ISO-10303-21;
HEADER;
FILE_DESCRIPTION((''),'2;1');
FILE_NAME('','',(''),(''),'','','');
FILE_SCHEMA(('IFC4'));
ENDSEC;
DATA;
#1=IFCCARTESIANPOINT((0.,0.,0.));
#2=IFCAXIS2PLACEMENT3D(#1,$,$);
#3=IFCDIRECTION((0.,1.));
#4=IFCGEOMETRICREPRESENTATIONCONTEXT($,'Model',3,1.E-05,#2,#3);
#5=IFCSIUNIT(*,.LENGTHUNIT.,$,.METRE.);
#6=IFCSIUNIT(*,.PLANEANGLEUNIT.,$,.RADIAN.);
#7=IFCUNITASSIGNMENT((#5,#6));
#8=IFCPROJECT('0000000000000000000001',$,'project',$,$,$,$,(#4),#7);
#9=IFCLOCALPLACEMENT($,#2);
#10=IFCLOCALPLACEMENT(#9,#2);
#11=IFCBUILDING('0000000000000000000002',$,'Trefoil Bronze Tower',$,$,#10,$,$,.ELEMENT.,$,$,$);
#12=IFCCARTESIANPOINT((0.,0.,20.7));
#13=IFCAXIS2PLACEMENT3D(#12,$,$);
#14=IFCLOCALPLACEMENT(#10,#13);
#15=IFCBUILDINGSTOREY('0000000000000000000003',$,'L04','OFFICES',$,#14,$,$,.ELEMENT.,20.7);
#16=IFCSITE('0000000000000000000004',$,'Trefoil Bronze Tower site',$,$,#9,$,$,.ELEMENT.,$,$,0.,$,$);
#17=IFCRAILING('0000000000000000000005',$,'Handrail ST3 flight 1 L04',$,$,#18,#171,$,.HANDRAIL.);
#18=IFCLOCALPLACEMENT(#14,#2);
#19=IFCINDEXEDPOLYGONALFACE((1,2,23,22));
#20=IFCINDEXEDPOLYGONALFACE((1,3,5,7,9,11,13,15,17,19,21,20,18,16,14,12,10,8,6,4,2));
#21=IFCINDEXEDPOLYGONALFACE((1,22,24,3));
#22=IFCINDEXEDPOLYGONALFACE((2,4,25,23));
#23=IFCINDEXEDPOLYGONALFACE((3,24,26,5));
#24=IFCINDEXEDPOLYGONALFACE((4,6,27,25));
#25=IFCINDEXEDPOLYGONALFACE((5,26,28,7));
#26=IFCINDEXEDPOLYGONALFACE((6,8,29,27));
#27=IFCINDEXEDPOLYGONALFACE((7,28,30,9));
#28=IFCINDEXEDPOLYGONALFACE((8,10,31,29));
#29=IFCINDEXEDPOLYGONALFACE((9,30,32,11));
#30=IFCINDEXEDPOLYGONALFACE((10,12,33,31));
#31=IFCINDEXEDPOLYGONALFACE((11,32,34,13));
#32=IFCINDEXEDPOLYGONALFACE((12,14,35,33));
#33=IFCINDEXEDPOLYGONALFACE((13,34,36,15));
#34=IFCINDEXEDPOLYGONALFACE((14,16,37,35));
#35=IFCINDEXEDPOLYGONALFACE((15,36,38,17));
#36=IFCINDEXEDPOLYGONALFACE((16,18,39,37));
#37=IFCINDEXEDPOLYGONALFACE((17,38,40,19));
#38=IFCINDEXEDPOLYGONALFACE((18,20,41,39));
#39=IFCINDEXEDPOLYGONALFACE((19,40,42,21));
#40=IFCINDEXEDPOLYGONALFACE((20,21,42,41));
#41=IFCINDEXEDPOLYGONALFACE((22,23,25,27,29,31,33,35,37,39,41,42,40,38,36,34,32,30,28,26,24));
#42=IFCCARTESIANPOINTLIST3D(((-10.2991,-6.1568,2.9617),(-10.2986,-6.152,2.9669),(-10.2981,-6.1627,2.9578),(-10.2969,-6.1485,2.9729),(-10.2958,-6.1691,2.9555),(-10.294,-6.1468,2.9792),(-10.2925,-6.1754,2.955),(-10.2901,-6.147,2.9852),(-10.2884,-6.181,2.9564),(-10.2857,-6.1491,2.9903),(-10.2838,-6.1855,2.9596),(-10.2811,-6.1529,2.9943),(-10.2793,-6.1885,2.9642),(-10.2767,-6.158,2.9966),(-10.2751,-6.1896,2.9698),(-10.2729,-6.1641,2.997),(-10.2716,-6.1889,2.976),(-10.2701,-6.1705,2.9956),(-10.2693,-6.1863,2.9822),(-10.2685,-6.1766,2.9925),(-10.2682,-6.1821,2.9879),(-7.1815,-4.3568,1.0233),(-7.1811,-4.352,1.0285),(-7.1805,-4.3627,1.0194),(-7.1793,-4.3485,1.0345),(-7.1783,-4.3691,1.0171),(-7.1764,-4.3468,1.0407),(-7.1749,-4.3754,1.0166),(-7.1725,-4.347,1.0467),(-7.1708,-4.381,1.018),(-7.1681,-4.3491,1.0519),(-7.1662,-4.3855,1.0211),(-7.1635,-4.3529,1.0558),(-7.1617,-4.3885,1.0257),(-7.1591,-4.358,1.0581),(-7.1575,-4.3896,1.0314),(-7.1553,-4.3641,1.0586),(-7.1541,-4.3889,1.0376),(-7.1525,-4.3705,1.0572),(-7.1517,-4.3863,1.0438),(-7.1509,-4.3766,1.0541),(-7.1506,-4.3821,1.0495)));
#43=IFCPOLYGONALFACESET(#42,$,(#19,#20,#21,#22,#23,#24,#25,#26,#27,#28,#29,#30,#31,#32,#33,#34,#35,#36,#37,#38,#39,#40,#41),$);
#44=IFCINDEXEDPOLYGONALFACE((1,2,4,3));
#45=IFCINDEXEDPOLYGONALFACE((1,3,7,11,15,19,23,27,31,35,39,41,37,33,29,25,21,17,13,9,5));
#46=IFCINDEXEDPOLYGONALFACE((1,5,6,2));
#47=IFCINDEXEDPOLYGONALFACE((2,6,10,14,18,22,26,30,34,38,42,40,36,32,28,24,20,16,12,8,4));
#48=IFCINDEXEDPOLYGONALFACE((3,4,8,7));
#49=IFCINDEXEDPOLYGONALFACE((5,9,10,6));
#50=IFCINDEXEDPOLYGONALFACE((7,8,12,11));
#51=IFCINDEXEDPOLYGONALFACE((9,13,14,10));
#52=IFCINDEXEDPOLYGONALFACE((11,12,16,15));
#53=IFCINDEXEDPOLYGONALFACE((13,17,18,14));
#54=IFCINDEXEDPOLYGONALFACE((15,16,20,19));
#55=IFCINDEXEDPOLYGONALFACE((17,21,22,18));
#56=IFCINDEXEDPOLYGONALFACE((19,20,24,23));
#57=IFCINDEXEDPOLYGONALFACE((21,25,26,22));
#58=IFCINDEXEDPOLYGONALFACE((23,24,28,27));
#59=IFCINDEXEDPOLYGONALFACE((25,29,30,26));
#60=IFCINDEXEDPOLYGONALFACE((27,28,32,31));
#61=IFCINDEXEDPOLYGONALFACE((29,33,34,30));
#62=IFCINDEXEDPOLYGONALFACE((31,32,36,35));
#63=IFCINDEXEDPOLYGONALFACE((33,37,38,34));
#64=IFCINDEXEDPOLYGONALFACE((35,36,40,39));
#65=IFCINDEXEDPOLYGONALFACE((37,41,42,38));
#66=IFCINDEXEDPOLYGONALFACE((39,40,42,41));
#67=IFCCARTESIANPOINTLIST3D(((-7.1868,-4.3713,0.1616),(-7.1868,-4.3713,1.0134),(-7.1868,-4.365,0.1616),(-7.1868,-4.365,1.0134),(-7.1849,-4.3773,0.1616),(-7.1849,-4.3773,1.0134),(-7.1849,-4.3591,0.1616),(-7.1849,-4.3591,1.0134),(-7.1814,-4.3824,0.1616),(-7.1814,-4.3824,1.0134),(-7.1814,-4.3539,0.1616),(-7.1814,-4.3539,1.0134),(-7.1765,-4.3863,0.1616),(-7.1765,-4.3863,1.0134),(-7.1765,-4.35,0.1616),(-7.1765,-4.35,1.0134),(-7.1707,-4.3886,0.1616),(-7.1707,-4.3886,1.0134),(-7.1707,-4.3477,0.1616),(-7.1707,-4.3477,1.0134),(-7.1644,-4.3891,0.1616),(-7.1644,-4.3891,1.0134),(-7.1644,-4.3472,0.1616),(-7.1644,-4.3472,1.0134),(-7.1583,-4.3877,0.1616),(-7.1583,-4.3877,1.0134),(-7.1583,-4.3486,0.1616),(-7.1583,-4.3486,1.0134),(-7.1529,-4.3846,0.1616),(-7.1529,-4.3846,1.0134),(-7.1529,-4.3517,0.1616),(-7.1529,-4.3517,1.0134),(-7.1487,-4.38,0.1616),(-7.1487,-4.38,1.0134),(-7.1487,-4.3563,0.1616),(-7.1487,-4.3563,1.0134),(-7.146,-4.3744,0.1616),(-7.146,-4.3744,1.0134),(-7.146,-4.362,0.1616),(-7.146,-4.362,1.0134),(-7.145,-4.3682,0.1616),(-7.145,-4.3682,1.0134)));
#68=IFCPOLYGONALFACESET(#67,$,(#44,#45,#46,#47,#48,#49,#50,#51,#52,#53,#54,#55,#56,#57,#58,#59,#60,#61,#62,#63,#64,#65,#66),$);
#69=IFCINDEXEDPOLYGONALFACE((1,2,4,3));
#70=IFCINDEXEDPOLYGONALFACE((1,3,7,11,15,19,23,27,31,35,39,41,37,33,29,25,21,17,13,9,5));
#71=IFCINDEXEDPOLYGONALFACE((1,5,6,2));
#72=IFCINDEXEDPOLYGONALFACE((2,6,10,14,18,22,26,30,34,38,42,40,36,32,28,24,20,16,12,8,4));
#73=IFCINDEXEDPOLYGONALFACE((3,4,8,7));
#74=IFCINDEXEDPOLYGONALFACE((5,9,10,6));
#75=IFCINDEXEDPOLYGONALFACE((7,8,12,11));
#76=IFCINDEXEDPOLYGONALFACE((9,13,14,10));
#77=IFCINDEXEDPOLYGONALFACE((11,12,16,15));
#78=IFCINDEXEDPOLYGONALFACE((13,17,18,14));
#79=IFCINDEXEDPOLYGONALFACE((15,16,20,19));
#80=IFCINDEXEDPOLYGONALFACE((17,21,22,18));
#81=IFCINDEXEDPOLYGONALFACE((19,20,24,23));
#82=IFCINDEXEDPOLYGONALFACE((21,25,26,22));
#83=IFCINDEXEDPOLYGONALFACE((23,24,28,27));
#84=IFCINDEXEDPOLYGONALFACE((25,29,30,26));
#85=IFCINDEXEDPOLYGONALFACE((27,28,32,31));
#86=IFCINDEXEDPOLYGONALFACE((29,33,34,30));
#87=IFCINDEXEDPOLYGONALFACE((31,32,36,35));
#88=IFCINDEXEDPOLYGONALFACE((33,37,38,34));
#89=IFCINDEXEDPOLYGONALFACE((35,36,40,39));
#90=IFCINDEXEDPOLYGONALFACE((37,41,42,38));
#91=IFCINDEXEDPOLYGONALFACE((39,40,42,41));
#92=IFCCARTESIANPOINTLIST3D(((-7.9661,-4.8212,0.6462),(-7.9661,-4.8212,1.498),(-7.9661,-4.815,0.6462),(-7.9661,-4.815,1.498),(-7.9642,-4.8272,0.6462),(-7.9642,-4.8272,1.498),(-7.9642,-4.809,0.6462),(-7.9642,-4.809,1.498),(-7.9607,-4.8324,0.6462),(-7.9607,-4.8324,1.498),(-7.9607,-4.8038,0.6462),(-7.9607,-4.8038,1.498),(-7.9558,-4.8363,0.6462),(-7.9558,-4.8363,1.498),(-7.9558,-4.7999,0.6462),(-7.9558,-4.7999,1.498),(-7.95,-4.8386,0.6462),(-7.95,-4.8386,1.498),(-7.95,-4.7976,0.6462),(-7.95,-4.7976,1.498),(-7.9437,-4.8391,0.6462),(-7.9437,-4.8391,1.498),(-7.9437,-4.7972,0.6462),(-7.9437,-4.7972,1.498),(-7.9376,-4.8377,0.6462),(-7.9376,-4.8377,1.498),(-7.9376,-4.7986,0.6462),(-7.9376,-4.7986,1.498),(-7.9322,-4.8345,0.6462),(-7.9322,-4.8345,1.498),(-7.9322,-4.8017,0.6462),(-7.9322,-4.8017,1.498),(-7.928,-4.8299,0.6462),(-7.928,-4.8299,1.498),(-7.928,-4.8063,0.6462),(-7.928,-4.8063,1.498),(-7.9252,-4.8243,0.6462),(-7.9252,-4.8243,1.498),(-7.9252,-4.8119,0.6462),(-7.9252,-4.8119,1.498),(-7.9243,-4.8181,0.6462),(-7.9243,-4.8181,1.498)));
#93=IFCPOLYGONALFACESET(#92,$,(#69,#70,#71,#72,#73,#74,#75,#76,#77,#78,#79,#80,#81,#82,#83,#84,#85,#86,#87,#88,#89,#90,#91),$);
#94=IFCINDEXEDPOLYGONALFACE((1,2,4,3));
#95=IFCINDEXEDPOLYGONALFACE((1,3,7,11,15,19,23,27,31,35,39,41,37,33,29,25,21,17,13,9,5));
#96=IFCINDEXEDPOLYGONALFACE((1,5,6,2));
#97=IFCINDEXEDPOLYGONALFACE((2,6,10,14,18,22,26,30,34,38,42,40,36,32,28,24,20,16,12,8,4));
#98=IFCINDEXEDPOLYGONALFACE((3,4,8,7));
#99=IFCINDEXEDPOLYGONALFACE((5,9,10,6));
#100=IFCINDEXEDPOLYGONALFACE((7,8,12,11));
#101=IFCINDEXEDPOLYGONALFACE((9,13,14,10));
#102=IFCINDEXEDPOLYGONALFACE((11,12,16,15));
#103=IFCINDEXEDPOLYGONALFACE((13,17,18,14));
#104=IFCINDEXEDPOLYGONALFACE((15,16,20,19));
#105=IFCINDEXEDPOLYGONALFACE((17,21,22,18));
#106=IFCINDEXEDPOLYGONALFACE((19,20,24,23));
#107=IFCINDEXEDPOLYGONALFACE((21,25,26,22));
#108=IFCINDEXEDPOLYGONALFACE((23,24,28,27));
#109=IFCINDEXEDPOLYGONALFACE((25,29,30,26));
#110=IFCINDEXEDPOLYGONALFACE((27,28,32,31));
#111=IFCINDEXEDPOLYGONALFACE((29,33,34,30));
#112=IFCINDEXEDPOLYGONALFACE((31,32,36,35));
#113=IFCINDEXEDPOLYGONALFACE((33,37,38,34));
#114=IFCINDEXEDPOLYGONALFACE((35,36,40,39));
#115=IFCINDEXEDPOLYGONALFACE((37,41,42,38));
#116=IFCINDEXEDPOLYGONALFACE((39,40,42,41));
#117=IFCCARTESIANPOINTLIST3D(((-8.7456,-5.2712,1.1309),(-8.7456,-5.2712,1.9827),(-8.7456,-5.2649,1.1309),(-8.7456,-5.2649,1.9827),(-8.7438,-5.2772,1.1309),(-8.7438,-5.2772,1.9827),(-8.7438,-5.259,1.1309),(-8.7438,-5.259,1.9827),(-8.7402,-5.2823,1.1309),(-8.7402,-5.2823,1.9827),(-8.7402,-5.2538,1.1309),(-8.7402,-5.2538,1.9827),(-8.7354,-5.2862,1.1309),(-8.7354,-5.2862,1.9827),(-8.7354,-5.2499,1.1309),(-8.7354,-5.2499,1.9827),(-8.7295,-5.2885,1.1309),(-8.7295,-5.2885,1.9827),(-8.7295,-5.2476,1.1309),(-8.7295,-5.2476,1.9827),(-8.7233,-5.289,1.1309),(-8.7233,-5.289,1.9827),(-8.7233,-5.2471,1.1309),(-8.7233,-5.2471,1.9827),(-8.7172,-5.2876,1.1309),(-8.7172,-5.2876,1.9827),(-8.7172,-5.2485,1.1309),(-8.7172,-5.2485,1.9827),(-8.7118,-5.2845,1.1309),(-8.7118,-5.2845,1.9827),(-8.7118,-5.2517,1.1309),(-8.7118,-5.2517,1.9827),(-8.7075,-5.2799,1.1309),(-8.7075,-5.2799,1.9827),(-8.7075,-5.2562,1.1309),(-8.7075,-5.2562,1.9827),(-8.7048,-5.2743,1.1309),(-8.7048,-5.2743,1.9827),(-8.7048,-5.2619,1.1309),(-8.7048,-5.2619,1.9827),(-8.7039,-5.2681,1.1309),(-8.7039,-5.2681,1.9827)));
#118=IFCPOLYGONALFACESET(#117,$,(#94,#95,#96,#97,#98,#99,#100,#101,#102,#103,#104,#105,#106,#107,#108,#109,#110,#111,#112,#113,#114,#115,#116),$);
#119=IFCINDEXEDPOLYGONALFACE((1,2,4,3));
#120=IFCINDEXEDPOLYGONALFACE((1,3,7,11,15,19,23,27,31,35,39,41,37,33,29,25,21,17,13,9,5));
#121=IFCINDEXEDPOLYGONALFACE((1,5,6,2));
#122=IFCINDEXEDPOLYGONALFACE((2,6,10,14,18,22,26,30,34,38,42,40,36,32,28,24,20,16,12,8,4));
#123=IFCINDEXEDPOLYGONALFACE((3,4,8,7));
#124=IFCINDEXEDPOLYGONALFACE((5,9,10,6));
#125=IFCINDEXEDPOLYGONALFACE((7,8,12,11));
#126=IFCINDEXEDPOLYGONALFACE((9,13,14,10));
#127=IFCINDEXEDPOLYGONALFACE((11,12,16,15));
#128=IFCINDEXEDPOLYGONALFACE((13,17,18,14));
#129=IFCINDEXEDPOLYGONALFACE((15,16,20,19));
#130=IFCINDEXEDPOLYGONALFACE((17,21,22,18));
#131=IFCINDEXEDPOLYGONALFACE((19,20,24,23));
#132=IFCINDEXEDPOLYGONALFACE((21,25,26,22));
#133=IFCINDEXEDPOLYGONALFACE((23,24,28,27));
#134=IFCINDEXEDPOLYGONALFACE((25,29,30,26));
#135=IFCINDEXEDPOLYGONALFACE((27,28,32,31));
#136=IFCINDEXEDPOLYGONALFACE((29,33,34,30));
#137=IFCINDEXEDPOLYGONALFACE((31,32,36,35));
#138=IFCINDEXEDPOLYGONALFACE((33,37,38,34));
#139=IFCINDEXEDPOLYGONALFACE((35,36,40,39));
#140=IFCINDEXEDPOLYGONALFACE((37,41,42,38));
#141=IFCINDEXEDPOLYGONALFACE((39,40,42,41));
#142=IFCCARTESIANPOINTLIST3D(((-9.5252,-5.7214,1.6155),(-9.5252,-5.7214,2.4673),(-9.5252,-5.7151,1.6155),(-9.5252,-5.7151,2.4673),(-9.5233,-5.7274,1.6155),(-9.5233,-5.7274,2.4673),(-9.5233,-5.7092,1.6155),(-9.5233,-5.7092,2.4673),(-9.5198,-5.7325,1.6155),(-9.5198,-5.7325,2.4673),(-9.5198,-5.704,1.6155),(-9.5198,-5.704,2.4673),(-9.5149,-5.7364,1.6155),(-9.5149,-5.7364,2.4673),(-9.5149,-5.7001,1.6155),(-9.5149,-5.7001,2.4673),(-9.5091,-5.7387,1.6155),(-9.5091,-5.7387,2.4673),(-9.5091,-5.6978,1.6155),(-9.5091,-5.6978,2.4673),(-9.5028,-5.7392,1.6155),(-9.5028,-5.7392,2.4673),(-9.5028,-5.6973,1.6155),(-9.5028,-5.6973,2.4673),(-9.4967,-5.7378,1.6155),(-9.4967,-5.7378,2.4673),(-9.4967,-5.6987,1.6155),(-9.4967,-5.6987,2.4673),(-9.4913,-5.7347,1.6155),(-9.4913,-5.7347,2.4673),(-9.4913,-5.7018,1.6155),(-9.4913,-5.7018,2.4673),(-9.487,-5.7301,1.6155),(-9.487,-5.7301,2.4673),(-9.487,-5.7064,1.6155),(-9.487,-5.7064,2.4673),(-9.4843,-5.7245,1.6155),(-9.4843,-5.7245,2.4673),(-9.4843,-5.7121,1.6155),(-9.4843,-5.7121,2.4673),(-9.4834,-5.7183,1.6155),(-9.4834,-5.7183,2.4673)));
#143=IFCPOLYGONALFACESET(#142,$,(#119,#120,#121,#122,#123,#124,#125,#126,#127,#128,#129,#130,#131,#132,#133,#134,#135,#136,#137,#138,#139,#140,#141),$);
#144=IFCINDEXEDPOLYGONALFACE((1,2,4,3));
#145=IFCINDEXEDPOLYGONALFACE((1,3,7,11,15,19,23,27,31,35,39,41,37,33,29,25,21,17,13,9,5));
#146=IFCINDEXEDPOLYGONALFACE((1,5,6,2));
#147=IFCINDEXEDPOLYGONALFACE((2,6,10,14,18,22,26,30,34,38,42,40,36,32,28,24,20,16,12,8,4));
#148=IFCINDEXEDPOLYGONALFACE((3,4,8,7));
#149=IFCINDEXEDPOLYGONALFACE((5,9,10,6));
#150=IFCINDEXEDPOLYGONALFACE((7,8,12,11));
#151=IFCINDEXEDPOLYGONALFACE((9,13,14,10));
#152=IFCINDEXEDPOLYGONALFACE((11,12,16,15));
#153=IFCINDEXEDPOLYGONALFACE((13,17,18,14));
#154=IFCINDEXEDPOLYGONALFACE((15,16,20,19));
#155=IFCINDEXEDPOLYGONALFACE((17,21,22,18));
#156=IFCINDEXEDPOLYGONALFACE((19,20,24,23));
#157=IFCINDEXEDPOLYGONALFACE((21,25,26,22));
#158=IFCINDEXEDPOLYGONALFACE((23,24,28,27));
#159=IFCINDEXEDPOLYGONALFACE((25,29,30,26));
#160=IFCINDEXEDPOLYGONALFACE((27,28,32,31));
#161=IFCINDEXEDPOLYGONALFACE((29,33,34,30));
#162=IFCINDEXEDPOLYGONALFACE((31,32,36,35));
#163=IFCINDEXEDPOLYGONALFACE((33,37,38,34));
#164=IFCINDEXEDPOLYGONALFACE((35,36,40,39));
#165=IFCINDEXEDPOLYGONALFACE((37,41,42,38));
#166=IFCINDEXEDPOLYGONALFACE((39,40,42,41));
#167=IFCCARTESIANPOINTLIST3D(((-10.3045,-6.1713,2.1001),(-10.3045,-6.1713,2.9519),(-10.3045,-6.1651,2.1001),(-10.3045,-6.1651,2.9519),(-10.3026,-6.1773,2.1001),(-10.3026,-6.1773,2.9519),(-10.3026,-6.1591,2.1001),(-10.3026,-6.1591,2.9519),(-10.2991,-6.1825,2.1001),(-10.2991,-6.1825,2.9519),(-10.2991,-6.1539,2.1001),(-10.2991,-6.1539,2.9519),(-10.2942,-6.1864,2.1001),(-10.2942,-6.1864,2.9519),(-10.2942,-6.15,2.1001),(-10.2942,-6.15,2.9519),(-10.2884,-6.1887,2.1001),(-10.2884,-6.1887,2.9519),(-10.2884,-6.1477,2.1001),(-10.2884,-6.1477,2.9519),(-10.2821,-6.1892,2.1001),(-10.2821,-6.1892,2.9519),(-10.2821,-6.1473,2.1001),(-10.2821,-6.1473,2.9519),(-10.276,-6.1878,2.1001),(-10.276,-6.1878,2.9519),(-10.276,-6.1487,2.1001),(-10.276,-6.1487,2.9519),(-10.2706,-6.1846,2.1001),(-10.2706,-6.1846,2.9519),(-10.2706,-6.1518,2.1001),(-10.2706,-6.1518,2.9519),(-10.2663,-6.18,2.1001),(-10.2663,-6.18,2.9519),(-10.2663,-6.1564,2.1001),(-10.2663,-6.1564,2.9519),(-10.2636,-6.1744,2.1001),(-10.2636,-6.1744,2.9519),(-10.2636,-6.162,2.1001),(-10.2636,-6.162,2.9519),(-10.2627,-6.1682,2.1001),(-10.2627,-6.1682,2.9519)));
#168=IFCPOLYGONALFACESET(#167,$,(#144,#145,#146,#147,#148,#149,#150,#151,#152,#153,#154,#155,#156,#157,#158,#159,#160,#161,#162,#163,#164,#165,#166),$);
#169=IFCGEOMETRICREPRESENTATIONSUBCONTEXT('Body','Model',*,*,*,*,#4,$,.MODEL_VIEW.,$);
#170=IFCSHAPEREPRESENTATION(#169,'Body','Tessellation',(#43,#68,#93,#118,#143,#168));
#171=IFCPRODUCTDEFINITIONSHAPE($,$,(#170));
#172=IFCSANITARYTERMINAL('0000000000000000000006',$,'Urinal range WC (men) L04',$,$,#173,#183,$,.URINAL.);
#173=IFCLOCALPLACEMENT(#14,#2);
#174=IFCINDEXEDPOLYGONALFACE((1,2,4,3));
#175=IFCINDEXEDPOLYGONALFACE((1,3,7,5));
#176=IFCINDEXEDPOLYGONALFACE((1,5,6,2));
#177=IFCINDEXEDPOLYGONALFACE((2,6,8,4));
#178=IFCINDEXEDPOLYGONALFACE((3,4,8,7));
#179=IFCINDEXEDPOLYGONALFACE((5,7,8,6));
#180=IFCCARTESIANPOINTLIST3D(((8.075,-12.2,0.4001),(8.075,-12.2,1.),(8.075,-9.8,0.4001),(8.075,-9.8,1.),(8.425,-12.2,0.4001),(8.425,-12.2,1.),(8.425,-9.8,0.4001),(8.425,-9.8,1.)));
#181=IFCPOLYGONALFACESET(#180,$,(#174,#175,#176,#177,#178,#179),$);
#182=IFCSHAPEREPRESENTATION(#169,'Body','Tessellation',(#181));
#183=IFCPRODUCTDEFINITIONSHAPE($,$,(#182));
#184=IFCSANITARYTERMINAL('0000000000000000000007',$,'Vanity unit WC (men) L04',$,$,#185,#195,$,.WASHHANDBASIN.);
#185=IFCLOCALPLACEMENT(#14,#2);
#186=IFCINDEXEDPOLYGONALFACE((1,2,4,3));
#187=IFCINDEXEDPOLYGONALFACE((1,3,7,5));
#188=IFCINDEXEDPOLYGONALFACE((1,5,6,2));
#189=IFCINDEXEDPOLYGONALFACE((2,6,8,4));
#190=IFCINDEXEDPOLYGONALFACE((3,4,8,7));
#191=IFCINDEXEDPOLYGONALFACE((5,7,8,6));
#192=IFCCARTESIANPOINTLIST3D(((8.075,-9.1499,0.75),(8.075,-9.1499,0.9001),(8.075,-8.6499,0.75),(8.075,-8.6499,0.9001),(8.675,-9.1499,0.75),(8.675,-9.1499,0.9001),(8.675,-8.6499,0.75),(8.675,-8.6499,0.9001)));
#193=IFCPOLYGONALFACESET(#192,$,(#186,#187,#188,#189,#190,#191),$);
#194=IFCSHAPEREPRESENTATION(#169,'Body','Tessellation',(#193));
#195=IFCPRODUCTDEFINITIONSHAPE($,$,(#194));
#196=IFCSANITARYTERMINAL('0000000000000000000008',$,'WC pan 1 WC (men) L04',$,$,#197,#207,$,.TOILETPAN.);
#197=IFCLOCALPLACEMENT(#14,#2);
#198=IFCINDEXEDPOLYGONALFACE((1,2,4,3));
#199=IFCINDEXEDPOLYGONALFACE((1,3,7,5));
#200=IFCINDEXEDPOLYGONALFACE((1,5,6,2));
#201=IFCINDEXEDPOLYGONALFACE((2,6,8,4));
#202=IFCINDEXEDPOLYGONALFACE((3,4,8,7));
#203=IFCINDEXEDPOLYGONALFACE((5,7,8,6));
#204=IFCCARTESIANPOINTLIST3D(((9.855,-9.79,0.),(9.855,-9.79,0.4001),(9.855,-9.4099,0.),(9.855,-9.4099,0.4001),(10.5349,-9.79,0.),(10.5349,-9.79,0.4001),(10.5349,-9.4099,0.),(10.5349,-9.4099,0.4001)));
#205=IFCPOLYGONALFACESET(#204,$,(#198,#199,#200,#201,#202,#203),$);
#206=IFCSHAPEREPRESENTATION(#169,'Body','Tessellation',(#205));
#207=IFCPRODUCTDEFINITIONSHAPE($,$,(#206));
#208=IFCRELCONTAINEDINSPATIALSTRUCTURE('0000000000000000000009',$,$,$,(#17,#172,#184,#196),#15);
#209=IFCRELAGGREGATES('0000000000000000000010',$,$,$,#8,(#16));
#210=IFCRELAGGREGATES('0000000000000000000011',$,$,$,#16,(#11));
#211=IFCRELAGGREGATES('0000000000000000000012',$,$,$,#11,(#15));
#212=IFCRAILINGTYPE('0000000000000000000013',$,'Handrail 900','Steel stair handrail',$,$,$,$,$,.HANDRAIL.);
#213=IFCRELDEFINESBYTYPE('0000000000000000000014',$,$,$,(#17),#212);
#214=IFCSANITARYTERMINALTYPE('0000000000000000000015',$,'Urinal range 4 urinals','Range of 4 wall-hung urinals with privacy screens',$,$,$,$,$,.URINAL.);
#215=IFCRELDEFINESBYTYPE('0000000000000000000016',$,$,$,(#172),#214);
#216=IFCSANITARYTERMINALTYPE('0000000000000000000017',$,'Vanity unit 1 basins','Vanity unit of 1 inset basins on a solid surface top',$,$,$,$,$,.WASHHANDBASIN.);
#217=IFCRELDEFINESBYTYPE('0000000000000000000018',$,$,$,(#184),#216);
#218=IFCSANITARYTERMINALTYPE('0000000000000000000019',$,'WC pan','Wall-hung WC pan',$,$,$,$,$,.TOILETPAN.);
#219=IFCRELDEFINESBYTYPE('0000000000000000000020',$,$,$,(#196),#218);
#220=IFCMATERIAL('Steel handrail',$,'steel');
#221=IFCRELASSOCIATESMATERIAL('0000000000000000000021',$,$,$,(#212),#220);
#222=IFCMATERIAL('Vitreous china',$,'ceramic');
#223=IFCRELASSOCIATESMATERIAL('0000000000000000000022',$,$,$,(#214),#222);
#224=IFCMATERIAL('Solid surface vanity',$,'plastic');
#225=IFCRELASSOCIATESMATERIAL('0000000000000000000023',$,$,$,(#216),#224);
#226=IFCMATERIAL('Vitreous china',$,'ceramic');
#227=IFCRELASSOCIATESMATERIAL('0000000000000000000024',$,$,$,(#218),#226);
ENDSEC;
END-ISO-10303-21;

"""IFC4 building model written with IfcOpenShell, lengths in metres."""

from ifc_helpers import new_model, si_unit, direction, frame, origin, origin_2d, place, context, subcontext, project, spatial, polyline, circle, outline, extrude, material, type_object, element, save


model = new_model("IFC4")

# Units and contexts
model_context = context("Model", 3, precision=1e-05, world=origin(), true_north=direction((0.0, 1.0)))
body_context = subcontext(model_context, "Body", "Model", "MODEL_VIEW")
ifc_project = project(units=[si_unit("LENGTHUNIT", "METRE"), si_unit("PLANEANGLEUNIT", "RADIAN")], contexts=[model_context])

# Site, building, storey
site_placement = place(None, origin())
site = spatial("IfcSite", under=ifc_project, at=site_placement, Name="Trefoil Bronze Tower site", CompositionType="ELEMENT", RefElevation=0.0)
building_placement = place(site_placement, origin())
building = spatial("IfcBuilding", under=site, at=building_placement, Name="Trefoil Bronze Tower", CompositionType="ELEMENT")
storey_placement = place(building_placement, frame((0.0, 0.0, 20.7)))
storey = spatial("IfcBuildingStorey", under=building, at=storey_placement, Name="L04", Description="OFFICES", CompositionType="ELEMENT", Elevation=20.7)

# Railing
ifc_material_1 = material(Name="Steel handrail", Category="steel")
railing_type = type_object("IfcRailingType", Name="Handrail 900", Description="Steel stair handrail", PredefinedType="HANDRAIL", material=ifc_material_1)
railing_placement = place(storey_placement, frame((-7.166, -4.3682, 0.1616)))
element("IfcRailing", 1, at=railing_placement, inside=storey, type_object=railing_type, Name="Handrail ST3 flight 1 L04", PredefinedType="HANDRAIL", context=body_context, shape_type="SweptSolid", body=[
    extrude(circle(Radius=0.0239, at=origin_2d()), frame((0.0, 0.0, 0.876), z_axis=(-0.762503, -0.440246, 0.474102), x_axis=(0.500012, -0.866018, 0.0)), (0.0, 0.0, 1.0), 4.0886),
    extrude(circle(Radius=0.021, at=origin_2d()), origin(), (0.0, 0.0, 1.0), 0.8518),
    extrude(circle(Radius=0.021, at=origin_2d()), frame((-0.7793, -0.45, 0.4846)), (0.0, 0.0, 1.0), 0.8518),
    extrude(circle(Radius=0.021, at=origin_2d()), frame((-1.5588, -0.8999, 0.9692)), (0.0, 0.0, 1.0), 0.8518),
    extrude(circle(Radius=0.021, at=origin_2d()), frame((-2.3384, -1.3501, 1.4539)), (0.0, 0.0, 1.0), 0.8518),
    extrude(circle(Radius=0.021, at=origin_2d()), frame((-3.1177, -1.8, 1.9385)), (0.0, 0.0, 1.0), 0.8518),
])

# Sanitary terminals
ifc_material_2 = material(Name="Vitreous china", Category="ceramic")
sanitary_terminal_type_1 = type_object("IfcSanitaryTerminalType", Name="Urinal range 4 urinals", Description="Range of 4 wall-hung urinals with privacy screens", PredefinedType="URINAL", material=ifc_material_2)
sanitary_terminal_1_placement = place(storey_placement, frame((0.0, 0.0, 0.4001)))
element("IfcSanitaryTerminal", 2, at=sanitary_terminal_1_placement, inside=storey, type_object=sanitary_terminal_type_1, Name="Urinal range WC (men) L04", PredefinedType="URINAL", context=body_context, shape_type="SweptSolid", body=[
    extrude(outline(polyline([(8.075, -9.8), (8.425, -9.8), (8.425, -12.2), (8.075, -12.2), (8.075, -9.8)])), origin(), (0.0, 0.0, 1.0), 0.5999),
])
ifc_material_3 = material(Name="Solid surface vanity", Category="plastic")
sanitary_terminal_type_2 = type_object("IfcSanitaryTerminalType", Name="Vanity unit 1 basins", Description="Vanity unit of 1 inset basins on a solid surface top", PredefinedType="WASHHANDBASIN", material=ifc_material_3)
sanitary_terminal_2_placement = place(storey_placement, frame((0.0, 0.0, 0.75)))
element("IfcSanitaryTerminal", 3, at=sanitary_terminal_2_placement, inside=storey, type_object=sanitary_terminal_type_2, Name="Vanity unit WC (men) L04", PredefinedType="WASHHANDBASIN", context=body_context, shape_type="SweptSolid", body=[
    extrude(outline(polyline([(8.075, -8.6499), (8.675, -8.6499), (8.675, -9.1499), (8.075, -9.1499), (8.075, -8.6499)])), origin(), (0.0, 0.0, 1.0), 0.1501),
])
ifc_material_4 = material(Name="Vitreous china", Category="ceramic")
sanitary_terminal_type_3 = type_object("IfcSanitaryTerminalType", Name="WC pan", Description="Wall-hung WC pan", PredefinedType="TOILETPAN", material=ifc_material_4)
sanitary_terminal_3_placement = place(storey_placement, origin())
element("IfcSanitaryTerminal", 4, at=sanitary_terminal_3_placement, inside=storey, type_object=sanitary_terminal_type_3, Name="WC pan 1 WC (men) L04", PredefinedType="TOILETPAN", context=body_context, shape_type="SweptSolid", body=[
    extrude(outline(polyline([(9.855, -9.4099), (10.5349, -9.4099), (10.5349, -9.79), (9.855, -9.79), (9.855, -9.4099)])), origin(), (0.0, 0.0, 1.0), 0.4001),
])

save(model, "model.ifc")
